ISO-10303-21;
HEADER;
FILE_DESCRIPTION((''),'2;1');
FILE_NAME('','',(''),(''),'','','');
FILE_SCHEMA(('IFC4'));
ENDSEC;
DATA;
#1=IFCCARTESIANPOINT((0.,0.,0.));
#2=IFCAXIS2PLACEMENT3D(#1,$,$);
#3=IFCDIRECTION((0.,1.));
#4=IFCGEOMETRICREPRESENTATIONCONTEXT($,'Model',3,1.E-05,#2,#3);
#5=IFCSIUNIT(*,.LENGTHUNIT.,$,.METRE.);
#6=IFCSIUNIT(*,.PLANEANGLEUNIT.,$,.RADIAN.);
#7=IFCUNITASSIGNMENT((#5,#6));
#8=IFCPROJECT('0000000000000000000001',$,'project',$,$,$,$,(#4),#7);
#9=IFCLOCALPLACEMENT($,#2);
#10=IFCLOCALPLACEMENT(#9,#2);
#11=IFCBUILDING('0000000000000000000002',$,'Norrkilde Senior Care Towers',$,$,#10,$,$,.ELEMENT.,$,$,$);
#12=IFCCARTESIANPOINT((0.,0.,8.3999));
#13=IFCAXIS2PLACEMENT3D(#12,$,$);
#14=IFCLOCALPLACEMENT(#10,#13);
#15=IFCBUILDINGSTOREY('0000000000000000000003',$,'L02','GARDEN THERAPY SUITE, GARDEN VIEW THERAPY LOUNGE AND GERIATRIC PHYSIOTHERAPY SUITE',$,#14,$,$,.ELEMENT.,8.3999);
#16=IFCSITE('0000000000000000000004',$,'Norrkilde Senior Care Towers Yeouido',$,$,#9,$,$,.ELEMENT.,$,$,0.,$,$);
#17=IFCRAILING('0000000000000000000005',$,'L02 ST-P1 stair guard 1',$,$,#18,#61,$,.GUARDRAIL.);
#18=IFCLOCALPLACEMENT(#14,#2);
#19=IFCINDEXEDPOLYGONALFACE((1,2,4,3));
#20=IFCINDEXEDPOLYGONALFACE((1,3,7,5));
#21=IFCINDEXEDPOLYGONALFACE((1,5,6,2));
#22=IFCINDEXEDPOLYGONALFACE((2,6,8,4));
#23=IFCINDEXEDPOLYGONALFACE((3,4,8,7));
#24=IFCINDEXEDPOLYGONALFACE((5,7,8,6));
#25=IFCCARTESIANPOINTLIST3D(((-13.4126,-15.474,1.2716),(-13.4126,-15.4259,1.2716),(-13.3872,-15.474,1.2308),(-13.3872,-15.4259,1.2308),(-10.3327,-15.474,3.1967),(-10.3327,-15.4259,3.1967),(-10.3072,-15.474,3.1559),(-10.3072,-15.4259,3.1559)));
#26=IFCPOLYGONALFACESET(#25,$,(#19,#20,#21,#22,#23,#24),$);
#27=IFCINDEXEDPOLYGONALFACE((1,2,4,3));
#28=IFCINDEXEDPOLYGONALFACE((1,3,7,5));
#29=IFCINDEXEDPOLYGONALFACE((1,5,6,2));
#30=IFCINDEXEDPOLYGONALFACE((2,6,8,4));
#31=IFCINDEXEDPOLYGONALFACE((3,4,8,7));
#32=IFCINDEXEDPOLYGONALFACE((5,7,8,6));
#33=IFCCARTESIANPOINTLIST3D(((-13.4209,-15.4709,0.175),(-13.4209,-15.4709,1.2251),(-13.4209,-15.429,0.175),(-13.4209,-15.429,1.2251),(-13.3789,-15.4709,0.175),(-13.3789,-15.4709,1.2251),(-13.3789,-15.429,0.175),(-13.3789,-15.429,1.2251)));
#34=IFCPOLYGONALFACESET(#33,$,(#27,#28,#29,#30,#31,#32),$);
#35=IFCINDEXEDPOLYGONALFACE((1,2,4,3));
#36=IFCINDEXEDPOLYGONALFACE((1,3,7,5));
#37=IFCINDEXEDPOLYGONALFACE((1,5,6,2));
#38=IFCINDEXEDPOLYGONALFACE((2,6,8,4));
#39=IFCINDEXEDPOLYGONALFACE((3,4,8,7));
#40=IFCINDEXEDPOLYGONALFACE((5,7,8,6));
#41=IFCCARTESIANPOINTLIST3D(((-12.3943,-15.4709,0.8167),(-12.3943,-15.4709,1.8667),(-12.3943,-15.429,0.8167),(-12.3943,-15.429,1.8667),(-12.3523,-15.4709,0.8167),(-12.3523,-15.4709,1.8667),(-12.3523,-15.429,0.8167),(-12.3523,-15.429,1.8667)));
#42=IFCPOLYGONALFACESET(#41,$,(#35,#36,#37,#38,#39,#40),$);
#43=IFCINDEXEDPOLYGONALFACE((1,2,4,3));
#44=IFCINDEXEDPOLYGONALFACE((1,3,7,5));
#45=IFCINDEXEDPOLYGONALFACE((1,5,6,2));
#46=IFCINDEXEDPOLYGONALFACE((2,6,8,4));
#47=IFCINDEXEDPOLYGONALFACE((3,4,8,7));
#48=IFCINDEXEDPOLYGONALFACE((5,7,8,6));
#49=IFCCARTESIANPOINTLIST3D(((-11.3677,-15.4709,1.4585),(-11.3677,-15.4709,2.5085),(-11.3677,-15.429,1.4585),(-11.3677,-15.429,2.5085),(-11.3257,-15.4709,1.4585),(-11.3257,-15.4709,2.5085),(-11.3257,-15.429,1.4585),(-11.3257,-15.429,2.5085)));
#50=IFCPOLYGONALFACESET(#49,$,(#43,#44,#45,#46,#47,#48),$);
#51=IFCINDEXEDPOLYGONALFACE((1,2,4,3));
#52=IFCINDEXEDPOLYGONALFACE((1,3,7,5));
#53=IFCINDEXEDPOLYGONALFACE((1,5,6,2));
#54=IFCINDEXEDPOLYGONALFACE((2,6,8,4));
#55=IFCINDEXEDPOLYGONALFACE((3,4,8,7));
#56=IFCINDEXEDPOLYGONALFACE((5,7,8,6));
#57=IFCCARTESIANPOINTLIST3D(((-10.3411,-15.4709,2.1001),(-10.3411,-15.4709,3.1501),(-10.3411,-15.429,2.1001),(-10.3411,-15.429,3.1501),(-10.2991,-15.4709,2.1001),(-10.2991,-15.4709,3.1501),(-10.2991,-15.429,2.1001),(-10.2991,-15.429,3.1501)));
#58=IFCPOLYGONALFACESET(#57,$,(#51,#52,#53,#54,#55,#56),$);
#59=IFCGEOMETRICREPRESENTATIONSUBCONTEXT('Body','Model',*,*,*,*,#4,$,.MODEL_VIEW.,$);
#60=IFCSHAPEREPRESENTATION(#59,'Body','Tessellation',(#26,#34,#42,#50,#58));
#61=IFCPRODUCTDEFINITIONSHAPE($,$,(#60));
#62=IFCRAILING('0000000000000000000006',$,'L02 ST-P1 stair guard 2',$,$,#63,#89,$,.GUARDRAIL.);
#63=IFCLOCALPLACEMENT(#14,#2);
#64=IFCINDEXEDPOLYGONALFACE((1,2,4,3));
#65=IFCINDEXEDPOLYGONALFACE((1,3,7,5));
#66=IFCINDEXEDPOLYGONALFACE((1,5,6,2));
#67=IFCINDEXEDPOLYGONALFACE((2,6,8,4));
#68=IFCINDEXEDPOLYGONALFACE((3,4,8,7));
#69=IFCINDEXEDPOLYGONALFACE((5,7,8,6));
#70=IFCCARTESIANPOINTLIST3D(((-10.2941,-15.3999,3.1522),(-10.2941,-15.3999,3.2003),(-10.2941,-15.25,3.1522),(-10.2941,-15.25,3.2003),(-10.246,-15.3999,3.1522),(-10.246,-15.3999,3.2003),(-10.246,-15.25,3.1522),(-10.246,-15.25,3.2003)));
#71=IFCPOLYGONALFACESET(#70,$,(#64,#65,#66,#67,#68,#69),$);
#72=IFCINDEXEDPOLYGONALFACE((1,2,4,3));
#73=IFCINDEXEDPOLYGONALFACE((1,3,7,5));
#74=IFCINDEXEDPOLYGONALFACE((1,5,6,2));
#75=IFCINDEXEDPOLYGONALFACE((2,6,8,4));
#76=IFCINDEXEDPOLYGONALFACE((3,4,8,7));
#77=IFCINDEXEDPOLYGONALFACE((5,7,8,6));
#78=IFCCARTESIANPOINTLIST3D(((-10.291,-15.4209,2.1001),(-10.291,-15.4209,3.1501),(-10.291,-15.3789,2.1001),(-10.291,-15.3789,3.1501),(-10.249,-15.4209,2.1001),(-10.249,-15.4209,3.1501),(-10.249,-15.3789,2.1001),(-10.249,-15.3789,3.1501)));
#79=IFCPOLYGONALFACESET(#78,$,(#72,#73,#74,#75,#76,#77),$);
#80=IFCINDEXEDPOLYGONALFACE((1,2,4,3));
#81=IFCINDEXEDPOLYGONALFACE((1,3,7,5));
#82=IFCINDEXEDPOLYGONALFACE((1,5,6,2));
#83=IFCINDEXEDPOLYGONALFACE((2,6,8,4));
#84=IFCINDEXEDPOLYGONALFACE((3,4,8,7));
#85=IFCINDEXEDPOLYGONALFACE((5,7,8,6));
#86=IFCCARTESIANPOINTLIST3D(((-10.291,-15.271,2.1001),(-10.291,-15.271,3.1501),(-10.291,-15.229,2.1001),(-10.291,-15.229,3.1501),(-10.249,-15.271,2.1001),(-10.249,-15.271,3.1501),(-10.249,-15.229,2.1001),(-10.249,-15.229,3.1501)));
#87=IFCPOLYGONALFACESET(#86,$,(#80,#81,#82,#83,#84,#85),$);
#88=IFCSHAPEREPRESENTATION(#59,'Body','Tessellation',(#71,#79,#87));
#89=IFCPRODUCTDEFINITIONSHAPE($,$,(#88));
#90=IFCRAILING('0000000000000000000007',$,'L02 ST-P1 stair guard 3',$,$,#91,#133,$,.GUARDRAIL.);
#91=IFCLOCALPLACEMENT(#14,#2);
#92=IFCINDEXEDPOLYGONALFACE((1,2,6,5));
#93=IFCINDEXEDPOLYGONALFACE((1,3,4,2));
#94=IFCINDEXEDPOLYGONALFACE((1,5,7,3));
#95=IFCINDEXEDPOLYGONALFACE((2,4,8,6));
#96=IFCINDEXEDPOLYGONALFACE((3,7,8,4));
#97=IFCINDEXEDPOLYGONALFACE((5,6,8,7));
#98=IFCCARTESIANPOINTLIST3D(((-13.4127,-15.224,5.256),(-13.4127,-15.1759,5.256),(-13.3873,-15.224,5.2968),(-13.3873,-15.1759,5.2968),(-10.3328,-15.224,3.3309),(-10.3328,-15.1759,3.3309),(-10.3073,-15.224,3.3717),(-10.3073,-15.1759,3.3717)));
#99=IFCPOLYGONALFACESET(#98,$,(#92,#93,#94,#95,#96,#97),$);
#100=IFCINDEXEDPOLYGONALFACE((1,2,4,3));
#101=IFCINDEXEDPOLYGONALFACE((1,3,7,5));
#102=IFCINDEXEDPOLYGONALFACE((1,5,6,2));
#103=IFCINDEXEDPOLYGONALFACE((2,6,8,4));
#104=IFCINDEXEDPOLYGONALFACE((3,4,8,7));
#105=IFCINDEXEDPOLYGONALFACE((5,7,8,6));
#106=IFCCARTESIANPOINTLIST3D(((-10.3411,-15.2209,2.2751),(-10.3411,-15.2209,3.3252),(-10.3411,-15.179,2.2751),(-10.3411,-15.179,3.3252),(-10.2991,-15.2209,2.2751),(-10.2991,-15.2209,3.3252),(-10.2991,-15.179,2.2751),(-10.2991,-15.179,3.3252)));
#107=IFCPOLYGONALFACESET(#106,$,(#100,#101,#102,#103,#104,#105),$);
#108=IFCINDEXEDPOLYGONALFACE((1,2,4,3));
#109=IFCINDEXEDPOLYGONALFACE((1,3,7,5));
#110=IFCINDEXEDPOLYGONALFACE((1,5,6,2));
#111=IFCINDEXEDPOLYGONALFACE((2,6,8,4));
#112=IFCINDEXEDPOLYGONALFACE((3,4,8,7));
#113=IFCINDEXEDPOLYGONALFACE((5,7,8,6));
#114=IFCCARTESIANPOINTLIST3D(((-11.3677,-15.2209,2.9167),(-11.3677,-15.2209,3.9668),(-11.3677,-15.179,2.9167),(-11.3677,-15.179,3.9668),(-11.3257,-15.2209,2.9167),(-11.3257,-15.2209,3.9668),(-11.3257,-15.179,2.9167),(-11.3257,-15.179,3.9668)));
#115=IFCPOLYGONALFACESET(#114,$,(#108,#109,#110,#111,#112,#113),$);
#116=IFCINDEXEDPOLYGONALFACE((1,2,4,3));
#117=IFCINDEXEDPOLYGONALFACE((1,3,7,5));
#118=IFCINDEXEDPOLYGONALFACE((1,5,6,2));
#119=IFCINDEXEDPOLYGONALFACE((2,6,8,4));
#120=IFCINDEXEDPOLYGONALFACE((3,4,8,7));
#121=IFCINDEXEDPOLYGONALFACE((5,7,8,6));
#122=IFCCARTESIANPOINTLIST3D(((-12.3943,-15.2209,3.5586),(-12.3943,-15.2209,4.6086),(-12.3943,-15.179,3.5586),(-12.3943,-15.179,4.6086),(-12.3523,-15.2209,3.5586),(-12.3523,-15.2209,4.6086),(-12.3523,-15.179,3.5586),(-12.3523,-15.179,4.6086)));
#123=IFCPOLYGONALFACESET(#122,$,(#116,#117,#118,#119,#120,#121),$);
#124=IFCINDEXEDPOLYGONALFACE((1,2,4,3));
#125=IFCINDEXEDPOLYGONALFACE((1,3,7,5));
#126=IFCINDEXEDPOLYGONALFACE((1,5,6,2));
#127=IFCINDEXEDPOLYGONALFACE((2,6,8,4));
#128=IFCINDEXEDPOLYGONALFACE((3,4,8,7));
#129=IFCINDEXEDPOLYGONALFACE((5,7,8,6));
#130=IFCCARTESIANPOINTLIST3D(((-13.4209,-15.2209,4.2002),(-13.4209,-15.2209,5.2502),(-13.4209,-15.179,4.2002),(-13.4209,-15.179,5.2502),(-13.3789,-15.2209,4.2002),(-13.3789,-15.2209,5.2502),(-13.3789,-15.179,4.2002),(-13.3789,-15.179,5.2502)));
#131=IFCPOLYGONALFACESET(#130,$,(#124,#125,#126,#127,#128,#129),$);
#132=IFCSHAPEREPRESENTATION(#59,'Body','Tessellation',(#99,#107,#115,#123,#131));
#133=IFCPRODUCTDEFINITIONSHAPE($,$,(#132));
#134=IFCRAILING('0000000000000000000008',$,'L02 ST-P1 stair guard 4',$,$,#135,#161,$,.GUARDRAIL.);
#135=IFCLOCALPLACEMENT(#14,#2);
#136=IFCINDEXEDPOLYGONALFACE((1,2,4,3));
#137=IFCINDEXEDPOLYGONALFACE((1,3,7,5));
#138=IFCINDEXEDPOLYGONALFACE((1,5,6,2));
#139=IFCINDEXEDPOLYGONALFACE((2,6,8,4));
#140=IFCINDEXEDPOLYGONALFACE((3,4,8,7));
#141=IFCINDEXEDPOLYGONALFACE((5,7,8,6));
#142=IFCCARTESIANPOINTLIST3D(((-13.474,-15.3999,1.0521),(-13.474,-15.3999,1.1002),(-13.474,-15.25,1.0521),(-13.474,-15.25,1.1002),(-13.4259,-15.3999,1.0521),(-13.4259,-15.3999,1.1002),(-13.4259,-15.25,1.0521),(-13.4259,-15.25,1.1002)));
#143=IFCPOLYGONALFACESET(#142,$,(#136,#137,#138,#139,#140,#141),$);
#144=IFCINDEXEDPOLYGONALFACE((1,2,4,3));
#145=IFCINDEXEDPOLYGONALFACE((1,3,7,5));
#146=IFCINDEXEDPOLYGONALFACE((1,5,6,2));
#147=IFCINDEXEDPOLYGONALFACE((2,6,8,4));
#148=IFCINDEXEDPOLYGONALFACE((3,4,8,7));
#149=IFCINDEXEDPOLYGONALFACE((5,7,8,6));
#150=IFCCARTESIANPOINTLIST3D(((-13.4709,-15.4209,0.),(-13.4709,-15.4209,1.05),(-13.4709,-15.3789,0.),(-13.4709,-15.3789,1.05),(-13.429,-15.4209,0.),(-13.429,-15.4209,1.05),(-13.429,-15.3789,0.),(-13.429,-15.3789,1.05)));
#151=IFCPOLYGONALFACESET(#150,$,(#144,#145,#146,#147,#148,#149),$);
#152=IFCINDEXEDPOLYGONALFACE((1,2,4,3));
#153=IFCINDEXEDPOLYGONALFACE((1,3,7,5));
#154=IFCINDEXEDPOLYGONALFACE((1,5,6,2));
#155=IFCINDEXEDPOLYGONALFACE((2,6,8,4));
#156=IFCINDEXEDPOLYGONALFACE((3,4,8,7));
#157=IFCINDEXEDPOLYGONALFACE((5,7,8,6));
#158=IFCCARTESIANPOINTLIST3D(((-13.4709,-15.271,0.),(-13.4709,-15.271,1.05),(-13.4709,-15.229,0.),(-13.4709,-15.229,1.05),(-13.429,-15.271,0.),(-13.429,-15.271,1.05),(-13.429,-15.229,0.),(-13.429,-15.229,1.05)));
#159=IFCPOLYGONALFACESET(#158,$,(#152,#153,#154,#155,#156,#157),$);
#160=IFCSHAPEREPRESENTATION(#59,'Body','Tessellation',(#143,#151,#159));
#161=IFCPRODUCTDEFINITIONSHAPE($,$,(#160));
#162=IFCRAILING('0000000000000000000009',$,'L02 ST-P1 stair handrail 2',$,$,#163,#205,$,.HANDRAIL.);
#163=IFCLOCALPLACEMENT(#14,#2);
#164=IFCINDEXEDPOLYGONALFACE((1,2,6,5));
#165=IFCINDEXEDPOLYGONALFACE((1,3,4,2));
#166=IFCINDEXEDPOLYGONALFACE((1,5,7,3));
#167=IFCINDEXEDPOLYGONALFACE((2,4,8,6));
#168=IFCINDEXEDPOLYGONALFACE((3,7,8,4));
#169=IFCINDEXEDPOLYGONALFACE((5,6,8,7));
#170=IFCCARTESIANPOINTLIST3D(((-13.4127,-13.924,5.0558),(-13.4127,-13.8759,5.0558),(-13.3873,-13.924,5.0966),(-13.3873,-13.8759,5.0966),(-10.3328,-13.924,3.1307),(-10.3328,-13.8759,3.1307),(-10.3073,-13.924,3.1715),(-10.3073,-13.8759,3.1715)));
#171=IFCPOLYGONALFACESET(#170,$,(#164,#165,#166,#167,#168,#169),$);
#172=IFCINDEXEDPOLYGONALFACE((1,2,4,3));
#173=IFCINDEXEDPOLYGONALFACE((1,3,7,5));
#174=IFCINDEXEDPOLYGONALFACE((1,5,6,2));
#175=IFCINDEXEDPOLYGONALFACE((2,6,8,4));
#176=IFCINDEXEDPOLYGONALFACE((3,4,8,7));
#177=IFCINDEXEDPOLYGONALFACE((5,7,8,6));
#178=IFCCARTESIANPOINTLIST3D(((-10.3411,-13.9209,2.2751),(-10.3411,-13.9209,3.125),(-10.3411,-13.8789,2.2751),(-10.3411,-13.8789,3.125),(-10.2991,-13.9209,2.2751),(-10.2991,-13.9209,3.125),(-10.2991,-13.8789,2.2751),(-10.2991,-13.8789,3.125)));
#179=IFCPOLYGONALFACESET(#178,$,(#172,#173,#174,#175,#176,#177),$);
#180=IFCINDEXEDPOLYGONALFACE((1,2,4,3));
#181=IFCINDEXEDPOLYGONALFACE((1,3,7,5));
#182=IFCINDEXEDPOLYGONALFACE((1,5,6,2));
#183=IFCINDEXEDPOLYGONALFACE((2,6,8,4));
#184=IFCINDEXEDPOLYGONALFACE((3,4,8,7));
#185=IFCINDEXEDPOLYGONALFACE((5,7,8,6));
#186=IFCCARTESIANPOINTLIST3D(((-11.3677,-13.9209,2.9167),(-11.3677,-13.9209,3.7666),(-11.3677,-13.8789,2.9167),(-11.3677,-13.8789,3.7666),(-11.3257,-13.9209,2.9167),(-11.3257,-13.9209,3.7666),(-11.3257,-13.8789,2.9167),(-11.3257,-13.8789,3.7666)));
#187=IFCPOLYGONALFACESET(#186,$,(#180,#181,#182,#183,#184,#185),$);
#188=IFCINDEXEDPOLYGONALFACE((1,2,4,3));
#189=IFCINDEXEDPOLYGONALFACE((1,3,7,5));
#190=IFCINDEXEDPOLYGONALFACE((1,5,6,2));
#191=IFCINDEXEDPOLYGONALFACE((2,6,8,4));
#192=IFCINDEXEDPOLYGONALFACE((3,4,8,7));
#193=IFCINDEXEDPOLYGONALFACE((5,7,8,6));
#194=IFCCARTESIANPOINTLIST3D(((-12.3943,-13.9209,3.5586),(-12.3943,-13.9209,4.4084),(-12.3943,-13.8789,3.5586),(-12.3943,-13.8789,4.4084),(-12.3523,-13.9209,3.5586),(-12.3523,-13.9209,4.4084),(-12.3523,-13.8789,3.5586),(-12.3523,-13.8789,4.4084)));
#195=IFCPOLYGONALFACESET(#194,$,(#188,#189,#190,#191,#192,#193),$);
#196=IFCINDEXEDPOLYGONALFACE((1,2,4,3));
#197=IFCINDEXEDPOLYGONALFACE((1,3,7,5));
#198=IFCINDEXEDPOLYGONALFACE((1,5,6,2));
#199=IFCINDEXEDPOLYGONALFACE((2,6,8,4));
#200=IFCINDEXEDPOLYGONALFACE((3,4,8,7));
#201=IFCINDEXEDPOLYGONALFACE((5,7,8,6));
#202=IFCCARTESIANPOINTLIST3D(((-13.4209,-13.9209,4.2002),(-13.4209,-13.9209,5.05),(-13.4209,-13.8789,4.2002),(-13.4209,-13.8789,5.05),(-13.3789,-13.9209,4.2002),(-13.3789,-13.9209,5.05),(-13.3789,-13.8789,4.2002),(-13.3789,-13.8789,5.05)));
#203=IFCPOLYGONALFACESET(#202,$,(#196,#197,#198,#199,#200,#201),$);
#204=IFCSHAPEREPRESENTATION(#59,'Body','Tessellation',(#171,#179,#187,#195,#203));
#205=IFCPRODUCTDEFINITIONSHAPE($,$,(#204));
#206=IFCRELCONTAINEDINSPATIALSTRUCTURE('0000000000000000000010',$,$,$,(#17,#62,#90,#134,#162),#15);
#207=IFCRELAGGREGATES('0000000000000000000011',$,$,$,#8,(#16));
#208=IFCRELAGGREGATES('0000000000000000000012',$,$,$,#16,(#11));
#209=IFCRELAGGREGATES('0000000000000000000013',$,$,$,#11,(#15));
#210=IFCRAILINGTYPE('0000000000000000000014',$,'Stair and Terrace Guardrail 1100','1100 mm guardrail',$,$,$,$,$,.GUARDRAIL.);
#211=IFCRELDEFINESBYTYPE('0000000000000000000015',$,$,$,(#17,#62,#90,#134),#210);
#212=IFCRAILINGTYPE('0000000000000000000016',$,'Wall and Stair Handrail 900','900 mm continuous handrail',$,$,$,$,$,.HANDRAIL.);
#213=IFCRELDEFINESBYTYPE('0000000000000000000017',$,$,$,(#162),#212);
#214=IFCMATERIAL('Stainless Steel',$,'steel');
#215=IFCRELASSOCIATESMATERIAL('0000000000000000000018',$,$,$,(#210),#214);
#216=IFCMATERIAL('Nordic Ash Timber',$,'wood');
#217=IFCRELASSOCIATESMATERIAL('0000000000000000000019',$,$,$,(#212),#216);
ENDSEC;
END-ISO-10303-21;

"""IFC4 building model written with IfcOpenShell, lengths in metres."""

from ifc_helpers import new_model, si_unit, direction, frame, origin, origin_2d, place, context, subcontext, project, spatial, rectangle, extrude, material, type_object, element, save


model = new_model("IFC4")

# Units and contexts
model_context = context("Model", 3, precision=1e-05, world=origin(), true_north=direction((0.0, 1.0)))
body_context = subcontext(model_context, "Body", "Model", "MODEL_VIEW")
ifc_project = project(units=[si_unit("LENGTHUNIT", "METRE"), si_unit("PLANEANGLEUNIT", "RADIAN")], contexts=[model_context])

# Site, building, storey
site_placement = place(None, origin())
site = spatial("IfcSite", under=ifc_project, at=site_placement, Name="Norrkilde Senior Care Towers Yeouido", CompositionType="ELEMENT", RefElevation=0.0)
building_placement = place(site_placement, origin())
building = spatial("IfcBuilding", under=site, at=building_placement, Name="Norrkilde Senior Care Towers", CompositionType="ELEMENT")
storey_placement = place(building_placement, frame((0.0, 0.0, 8.3999)))
storey = spatial("IfcBuildingStorey", under=building, at=storey_placement, Name="L02", Description="GARDEN THERAPY SUITE, GARDEN VIEW THERAPY LOUNGE AND GERIATRIC PHYSIOTHERAPY SUITE", CompositionType="ELEMENT", Elevation=8.3999)

# Shared definitions
ifc_material_1 = material(Name="Nordic Ash Timber", Category="wood")

# Railings
ifc_material_2 = material(Name="Stainless Steel", Category="steel")
railing_type_1 = type_object("IfcRailingType", Name="Stair and Terrace Guardrail 1100", Description="1100 mm guardrail", PredefinedType="GUARDRAIL", material=ifc_material_2)
railing_1_placement = place(storey_placement, frame((-13.3999, -15.45, 0.175)))
element("IfcRailing", 1, at=railing_1_placement, inside=storey, type_object=railing_type_1, Name="L02 ST-P1 stair guard 1", PredefinedType="GUARDRAIL", context=body_context, shape_type="SweptSolid", body=[
    extrude(rectangle(XDim=0.0481, YDim=0.0481, at=origin_2d()), frame((0.0, 0.0, 1.0762), z_axis=(0.847979, 0.0, 0.530029), x_axis=(0.0, 1.0, 0.0)), (0.0, 0.0, 1.0), 3.6321),
    extrude(rectangle(XDim=0.042, YDim=0.042, at=origin_2d()), origin(), (0.0, 0.0, 1.0), 1.05),
    extrude(rectangle(XDim=0.042, YDim=0.042, at=origin_2d()), frame((1.0266, 0.0, 0.6416)), (0.0, 0.0, 1.0), 1.05),
    extrude(rectangle(XDim=0.042, YDim=0.042, at=origin_2d()), frame((2.0532, 0.0, 1.2834)), (0.0, 0.0, 1.0), 1.05),
    extrude(rectangle(XDim=0.042, YDim=0.042, at=origin_2d()), frame((3.0798, 0.0, 1.925)), (0.0, 0.0, 1.0), 1.05),
])
railing_2_placement = place(storey_placement, frame((-10.27, -15.3999, 2.1001)))
element("IfcRailing", 2, at=railing_2_placement, inside=storey, type_object=railing_type_1, Name="L02 ST-P1 stair guard 2", PredefinedType="GUARDRAIL", context=body_context, shape_type="SweptSolid", body=[
    extrude(rectangle(XDim=0.0481, YDim=0.0481, at=origin_2d()), frame((0.0, 0.0, 1.0762), z_axis=(0.0, 1.0, 0.0), x_axis=(-1.0, 0.0, 0.0)), (0.0, 0.0, 1.0), 0.1499),
    extrude(rectangle(XDim=0.042, YDim=0.042, at=origin_2d()), origin(), (0.0, 0.0, 1.0), 1.05),
    extrude(rectangle(XDim=0.042, YDim=0.042, at=origin_2d()), frame((0.0, 0.1499, 0.0)), (0.0, 0.0, 1.0), 1.05),
])
railing_3_placement = place(storey_placement, frame((-10.3201, -15.2, 2.2751)))
element("IfcRailing", 3, at=railing_3_placement, inside=storey, type_object=railing_type_1, Name="L02 ST-P1 stair guard 3", PredefinedType="GUARDRAIL", context=body_context, shape_type="SweptSolid", body=[
    extrude(rectangle(XDim=0.0481, YDim=0.0481, at=origin_2d()), frame((0.0, 0.0, 1.0762), z_axis=(-0.847979, 0.0, 0.530029), x_axis=(0.0, -1.0, 0.0)), (0.0, 0.0, 1.0), 3.6321),
    extrude(rectangle(XDim=0.042, YDim=0.042, at=origin_2d()), origin(), (0.0, 0.0, 1.0), 1.05),
    extrude(rectangle(XDim=0.042, YDim=0.042, at=origin_2d()), frame((-1.0266, 0.0, 0.6416)), (0.0, 0.0, 1.0), 1.05),
    extrude(rectangle(XDim=0.042, YDim=0.042, at=origin_2d()), frame((-2.0532, 0.0, 1.2834)), (0.0, 0.0, 1.0), 1.05),
    extrude(rectangle(XDim=0.042, YDim=0.042, at=origin_2d()), frame((-3.0798, 0.0, 1.925)), (0.0, 0.0, 1.0), 1.05),
])
railing_4_placement = place(storey_placement, frame((-13.45, -15.3999, 0.0)))
element("IfcRailing", 4, at=railing_4_placement, inside=storey, type_object=railing_type_1, Name="L02 ST-P1 stair guard 4", PredefinedType="GUARDRAIL", context=body_context, shape_type="SweptSolid", body=[
    extrude(rectangle(XDim=0.0481, YDim=0.0481, at=origin_2d()), frame((0.0, 0.0, 1.0762), z_axis=(0.0, 1.0, 0.0), x_axis=(-1.0, 0.0, 0.0)), (0.0, 0.0, 1.0), 0.1499),
    extrude(rectangle(XDim=0.042, YDim=0.042, at=origin_2d()), origin(), (0.0, 0.0, 1.0), 1.05),
    extrude(rectangle(XDim=0.042, YDim=0.042, at=origin_2d()), frame((0.0, 0.1499, 0.0)), (0.0, 0.0, 1.0), 1.05),
])
railing_type_2 = type_object("IfcRailingType", Name="Wall and Stair Handrail 900", Description="900 mm continuous handrail", PredefinedType="HANDRAIL", material=ifc_material_1)
railing_5_placement = place(storey_placement, frame((-10.3201, -13.8999, 2.2751)))
element("IfcRailing", 5, at=railing_5_placement, inside=storey, type_object=railing_type_2, Name="L02 ST-P1 stair handrail 2", PredefinedType="HANDRAIL", context=body_context, shape_type="SweptSolid", body=[
    extrude(rectangle(XDim=0.0481, YDim=0.0481, at=origin_2d()), frame((0.0, 0.0, 0.876), z_axis=(-0.847979, 0.0, 0.530029), x_axis=(0.0, -1.0, 0.0)), (0.0, 0.0, 1.0), 3.6321),
    extrude(rectangle(XDim=0.042, YDim=0.042, at=origin_2d()), origin(), (0.0, 0.0, 1.0), 0.8499),
    extrude(rectangle(XDim=0.042, YDim=0.042, at=origin_2d()), frame((-1.0266, 0.0, 0.6416)), (0.0, 0.0, 1.0), 0.8499),
    extrude(rectangle(XDim=0.042, YDim=0.042, at=origin_2d()), frame((-2.0532, 0.0, 1.2834)), (0.0, 0.0, 1.0), 0.8499),
    extrude(rectangle(XDim=0.042, YDim=0.042, at=origin_2d()), frame((-3.0798, 0.0, 1.925)), (0.0, 0.0, 1.0), 0.8499),
])

save(model, "model.ifc")
